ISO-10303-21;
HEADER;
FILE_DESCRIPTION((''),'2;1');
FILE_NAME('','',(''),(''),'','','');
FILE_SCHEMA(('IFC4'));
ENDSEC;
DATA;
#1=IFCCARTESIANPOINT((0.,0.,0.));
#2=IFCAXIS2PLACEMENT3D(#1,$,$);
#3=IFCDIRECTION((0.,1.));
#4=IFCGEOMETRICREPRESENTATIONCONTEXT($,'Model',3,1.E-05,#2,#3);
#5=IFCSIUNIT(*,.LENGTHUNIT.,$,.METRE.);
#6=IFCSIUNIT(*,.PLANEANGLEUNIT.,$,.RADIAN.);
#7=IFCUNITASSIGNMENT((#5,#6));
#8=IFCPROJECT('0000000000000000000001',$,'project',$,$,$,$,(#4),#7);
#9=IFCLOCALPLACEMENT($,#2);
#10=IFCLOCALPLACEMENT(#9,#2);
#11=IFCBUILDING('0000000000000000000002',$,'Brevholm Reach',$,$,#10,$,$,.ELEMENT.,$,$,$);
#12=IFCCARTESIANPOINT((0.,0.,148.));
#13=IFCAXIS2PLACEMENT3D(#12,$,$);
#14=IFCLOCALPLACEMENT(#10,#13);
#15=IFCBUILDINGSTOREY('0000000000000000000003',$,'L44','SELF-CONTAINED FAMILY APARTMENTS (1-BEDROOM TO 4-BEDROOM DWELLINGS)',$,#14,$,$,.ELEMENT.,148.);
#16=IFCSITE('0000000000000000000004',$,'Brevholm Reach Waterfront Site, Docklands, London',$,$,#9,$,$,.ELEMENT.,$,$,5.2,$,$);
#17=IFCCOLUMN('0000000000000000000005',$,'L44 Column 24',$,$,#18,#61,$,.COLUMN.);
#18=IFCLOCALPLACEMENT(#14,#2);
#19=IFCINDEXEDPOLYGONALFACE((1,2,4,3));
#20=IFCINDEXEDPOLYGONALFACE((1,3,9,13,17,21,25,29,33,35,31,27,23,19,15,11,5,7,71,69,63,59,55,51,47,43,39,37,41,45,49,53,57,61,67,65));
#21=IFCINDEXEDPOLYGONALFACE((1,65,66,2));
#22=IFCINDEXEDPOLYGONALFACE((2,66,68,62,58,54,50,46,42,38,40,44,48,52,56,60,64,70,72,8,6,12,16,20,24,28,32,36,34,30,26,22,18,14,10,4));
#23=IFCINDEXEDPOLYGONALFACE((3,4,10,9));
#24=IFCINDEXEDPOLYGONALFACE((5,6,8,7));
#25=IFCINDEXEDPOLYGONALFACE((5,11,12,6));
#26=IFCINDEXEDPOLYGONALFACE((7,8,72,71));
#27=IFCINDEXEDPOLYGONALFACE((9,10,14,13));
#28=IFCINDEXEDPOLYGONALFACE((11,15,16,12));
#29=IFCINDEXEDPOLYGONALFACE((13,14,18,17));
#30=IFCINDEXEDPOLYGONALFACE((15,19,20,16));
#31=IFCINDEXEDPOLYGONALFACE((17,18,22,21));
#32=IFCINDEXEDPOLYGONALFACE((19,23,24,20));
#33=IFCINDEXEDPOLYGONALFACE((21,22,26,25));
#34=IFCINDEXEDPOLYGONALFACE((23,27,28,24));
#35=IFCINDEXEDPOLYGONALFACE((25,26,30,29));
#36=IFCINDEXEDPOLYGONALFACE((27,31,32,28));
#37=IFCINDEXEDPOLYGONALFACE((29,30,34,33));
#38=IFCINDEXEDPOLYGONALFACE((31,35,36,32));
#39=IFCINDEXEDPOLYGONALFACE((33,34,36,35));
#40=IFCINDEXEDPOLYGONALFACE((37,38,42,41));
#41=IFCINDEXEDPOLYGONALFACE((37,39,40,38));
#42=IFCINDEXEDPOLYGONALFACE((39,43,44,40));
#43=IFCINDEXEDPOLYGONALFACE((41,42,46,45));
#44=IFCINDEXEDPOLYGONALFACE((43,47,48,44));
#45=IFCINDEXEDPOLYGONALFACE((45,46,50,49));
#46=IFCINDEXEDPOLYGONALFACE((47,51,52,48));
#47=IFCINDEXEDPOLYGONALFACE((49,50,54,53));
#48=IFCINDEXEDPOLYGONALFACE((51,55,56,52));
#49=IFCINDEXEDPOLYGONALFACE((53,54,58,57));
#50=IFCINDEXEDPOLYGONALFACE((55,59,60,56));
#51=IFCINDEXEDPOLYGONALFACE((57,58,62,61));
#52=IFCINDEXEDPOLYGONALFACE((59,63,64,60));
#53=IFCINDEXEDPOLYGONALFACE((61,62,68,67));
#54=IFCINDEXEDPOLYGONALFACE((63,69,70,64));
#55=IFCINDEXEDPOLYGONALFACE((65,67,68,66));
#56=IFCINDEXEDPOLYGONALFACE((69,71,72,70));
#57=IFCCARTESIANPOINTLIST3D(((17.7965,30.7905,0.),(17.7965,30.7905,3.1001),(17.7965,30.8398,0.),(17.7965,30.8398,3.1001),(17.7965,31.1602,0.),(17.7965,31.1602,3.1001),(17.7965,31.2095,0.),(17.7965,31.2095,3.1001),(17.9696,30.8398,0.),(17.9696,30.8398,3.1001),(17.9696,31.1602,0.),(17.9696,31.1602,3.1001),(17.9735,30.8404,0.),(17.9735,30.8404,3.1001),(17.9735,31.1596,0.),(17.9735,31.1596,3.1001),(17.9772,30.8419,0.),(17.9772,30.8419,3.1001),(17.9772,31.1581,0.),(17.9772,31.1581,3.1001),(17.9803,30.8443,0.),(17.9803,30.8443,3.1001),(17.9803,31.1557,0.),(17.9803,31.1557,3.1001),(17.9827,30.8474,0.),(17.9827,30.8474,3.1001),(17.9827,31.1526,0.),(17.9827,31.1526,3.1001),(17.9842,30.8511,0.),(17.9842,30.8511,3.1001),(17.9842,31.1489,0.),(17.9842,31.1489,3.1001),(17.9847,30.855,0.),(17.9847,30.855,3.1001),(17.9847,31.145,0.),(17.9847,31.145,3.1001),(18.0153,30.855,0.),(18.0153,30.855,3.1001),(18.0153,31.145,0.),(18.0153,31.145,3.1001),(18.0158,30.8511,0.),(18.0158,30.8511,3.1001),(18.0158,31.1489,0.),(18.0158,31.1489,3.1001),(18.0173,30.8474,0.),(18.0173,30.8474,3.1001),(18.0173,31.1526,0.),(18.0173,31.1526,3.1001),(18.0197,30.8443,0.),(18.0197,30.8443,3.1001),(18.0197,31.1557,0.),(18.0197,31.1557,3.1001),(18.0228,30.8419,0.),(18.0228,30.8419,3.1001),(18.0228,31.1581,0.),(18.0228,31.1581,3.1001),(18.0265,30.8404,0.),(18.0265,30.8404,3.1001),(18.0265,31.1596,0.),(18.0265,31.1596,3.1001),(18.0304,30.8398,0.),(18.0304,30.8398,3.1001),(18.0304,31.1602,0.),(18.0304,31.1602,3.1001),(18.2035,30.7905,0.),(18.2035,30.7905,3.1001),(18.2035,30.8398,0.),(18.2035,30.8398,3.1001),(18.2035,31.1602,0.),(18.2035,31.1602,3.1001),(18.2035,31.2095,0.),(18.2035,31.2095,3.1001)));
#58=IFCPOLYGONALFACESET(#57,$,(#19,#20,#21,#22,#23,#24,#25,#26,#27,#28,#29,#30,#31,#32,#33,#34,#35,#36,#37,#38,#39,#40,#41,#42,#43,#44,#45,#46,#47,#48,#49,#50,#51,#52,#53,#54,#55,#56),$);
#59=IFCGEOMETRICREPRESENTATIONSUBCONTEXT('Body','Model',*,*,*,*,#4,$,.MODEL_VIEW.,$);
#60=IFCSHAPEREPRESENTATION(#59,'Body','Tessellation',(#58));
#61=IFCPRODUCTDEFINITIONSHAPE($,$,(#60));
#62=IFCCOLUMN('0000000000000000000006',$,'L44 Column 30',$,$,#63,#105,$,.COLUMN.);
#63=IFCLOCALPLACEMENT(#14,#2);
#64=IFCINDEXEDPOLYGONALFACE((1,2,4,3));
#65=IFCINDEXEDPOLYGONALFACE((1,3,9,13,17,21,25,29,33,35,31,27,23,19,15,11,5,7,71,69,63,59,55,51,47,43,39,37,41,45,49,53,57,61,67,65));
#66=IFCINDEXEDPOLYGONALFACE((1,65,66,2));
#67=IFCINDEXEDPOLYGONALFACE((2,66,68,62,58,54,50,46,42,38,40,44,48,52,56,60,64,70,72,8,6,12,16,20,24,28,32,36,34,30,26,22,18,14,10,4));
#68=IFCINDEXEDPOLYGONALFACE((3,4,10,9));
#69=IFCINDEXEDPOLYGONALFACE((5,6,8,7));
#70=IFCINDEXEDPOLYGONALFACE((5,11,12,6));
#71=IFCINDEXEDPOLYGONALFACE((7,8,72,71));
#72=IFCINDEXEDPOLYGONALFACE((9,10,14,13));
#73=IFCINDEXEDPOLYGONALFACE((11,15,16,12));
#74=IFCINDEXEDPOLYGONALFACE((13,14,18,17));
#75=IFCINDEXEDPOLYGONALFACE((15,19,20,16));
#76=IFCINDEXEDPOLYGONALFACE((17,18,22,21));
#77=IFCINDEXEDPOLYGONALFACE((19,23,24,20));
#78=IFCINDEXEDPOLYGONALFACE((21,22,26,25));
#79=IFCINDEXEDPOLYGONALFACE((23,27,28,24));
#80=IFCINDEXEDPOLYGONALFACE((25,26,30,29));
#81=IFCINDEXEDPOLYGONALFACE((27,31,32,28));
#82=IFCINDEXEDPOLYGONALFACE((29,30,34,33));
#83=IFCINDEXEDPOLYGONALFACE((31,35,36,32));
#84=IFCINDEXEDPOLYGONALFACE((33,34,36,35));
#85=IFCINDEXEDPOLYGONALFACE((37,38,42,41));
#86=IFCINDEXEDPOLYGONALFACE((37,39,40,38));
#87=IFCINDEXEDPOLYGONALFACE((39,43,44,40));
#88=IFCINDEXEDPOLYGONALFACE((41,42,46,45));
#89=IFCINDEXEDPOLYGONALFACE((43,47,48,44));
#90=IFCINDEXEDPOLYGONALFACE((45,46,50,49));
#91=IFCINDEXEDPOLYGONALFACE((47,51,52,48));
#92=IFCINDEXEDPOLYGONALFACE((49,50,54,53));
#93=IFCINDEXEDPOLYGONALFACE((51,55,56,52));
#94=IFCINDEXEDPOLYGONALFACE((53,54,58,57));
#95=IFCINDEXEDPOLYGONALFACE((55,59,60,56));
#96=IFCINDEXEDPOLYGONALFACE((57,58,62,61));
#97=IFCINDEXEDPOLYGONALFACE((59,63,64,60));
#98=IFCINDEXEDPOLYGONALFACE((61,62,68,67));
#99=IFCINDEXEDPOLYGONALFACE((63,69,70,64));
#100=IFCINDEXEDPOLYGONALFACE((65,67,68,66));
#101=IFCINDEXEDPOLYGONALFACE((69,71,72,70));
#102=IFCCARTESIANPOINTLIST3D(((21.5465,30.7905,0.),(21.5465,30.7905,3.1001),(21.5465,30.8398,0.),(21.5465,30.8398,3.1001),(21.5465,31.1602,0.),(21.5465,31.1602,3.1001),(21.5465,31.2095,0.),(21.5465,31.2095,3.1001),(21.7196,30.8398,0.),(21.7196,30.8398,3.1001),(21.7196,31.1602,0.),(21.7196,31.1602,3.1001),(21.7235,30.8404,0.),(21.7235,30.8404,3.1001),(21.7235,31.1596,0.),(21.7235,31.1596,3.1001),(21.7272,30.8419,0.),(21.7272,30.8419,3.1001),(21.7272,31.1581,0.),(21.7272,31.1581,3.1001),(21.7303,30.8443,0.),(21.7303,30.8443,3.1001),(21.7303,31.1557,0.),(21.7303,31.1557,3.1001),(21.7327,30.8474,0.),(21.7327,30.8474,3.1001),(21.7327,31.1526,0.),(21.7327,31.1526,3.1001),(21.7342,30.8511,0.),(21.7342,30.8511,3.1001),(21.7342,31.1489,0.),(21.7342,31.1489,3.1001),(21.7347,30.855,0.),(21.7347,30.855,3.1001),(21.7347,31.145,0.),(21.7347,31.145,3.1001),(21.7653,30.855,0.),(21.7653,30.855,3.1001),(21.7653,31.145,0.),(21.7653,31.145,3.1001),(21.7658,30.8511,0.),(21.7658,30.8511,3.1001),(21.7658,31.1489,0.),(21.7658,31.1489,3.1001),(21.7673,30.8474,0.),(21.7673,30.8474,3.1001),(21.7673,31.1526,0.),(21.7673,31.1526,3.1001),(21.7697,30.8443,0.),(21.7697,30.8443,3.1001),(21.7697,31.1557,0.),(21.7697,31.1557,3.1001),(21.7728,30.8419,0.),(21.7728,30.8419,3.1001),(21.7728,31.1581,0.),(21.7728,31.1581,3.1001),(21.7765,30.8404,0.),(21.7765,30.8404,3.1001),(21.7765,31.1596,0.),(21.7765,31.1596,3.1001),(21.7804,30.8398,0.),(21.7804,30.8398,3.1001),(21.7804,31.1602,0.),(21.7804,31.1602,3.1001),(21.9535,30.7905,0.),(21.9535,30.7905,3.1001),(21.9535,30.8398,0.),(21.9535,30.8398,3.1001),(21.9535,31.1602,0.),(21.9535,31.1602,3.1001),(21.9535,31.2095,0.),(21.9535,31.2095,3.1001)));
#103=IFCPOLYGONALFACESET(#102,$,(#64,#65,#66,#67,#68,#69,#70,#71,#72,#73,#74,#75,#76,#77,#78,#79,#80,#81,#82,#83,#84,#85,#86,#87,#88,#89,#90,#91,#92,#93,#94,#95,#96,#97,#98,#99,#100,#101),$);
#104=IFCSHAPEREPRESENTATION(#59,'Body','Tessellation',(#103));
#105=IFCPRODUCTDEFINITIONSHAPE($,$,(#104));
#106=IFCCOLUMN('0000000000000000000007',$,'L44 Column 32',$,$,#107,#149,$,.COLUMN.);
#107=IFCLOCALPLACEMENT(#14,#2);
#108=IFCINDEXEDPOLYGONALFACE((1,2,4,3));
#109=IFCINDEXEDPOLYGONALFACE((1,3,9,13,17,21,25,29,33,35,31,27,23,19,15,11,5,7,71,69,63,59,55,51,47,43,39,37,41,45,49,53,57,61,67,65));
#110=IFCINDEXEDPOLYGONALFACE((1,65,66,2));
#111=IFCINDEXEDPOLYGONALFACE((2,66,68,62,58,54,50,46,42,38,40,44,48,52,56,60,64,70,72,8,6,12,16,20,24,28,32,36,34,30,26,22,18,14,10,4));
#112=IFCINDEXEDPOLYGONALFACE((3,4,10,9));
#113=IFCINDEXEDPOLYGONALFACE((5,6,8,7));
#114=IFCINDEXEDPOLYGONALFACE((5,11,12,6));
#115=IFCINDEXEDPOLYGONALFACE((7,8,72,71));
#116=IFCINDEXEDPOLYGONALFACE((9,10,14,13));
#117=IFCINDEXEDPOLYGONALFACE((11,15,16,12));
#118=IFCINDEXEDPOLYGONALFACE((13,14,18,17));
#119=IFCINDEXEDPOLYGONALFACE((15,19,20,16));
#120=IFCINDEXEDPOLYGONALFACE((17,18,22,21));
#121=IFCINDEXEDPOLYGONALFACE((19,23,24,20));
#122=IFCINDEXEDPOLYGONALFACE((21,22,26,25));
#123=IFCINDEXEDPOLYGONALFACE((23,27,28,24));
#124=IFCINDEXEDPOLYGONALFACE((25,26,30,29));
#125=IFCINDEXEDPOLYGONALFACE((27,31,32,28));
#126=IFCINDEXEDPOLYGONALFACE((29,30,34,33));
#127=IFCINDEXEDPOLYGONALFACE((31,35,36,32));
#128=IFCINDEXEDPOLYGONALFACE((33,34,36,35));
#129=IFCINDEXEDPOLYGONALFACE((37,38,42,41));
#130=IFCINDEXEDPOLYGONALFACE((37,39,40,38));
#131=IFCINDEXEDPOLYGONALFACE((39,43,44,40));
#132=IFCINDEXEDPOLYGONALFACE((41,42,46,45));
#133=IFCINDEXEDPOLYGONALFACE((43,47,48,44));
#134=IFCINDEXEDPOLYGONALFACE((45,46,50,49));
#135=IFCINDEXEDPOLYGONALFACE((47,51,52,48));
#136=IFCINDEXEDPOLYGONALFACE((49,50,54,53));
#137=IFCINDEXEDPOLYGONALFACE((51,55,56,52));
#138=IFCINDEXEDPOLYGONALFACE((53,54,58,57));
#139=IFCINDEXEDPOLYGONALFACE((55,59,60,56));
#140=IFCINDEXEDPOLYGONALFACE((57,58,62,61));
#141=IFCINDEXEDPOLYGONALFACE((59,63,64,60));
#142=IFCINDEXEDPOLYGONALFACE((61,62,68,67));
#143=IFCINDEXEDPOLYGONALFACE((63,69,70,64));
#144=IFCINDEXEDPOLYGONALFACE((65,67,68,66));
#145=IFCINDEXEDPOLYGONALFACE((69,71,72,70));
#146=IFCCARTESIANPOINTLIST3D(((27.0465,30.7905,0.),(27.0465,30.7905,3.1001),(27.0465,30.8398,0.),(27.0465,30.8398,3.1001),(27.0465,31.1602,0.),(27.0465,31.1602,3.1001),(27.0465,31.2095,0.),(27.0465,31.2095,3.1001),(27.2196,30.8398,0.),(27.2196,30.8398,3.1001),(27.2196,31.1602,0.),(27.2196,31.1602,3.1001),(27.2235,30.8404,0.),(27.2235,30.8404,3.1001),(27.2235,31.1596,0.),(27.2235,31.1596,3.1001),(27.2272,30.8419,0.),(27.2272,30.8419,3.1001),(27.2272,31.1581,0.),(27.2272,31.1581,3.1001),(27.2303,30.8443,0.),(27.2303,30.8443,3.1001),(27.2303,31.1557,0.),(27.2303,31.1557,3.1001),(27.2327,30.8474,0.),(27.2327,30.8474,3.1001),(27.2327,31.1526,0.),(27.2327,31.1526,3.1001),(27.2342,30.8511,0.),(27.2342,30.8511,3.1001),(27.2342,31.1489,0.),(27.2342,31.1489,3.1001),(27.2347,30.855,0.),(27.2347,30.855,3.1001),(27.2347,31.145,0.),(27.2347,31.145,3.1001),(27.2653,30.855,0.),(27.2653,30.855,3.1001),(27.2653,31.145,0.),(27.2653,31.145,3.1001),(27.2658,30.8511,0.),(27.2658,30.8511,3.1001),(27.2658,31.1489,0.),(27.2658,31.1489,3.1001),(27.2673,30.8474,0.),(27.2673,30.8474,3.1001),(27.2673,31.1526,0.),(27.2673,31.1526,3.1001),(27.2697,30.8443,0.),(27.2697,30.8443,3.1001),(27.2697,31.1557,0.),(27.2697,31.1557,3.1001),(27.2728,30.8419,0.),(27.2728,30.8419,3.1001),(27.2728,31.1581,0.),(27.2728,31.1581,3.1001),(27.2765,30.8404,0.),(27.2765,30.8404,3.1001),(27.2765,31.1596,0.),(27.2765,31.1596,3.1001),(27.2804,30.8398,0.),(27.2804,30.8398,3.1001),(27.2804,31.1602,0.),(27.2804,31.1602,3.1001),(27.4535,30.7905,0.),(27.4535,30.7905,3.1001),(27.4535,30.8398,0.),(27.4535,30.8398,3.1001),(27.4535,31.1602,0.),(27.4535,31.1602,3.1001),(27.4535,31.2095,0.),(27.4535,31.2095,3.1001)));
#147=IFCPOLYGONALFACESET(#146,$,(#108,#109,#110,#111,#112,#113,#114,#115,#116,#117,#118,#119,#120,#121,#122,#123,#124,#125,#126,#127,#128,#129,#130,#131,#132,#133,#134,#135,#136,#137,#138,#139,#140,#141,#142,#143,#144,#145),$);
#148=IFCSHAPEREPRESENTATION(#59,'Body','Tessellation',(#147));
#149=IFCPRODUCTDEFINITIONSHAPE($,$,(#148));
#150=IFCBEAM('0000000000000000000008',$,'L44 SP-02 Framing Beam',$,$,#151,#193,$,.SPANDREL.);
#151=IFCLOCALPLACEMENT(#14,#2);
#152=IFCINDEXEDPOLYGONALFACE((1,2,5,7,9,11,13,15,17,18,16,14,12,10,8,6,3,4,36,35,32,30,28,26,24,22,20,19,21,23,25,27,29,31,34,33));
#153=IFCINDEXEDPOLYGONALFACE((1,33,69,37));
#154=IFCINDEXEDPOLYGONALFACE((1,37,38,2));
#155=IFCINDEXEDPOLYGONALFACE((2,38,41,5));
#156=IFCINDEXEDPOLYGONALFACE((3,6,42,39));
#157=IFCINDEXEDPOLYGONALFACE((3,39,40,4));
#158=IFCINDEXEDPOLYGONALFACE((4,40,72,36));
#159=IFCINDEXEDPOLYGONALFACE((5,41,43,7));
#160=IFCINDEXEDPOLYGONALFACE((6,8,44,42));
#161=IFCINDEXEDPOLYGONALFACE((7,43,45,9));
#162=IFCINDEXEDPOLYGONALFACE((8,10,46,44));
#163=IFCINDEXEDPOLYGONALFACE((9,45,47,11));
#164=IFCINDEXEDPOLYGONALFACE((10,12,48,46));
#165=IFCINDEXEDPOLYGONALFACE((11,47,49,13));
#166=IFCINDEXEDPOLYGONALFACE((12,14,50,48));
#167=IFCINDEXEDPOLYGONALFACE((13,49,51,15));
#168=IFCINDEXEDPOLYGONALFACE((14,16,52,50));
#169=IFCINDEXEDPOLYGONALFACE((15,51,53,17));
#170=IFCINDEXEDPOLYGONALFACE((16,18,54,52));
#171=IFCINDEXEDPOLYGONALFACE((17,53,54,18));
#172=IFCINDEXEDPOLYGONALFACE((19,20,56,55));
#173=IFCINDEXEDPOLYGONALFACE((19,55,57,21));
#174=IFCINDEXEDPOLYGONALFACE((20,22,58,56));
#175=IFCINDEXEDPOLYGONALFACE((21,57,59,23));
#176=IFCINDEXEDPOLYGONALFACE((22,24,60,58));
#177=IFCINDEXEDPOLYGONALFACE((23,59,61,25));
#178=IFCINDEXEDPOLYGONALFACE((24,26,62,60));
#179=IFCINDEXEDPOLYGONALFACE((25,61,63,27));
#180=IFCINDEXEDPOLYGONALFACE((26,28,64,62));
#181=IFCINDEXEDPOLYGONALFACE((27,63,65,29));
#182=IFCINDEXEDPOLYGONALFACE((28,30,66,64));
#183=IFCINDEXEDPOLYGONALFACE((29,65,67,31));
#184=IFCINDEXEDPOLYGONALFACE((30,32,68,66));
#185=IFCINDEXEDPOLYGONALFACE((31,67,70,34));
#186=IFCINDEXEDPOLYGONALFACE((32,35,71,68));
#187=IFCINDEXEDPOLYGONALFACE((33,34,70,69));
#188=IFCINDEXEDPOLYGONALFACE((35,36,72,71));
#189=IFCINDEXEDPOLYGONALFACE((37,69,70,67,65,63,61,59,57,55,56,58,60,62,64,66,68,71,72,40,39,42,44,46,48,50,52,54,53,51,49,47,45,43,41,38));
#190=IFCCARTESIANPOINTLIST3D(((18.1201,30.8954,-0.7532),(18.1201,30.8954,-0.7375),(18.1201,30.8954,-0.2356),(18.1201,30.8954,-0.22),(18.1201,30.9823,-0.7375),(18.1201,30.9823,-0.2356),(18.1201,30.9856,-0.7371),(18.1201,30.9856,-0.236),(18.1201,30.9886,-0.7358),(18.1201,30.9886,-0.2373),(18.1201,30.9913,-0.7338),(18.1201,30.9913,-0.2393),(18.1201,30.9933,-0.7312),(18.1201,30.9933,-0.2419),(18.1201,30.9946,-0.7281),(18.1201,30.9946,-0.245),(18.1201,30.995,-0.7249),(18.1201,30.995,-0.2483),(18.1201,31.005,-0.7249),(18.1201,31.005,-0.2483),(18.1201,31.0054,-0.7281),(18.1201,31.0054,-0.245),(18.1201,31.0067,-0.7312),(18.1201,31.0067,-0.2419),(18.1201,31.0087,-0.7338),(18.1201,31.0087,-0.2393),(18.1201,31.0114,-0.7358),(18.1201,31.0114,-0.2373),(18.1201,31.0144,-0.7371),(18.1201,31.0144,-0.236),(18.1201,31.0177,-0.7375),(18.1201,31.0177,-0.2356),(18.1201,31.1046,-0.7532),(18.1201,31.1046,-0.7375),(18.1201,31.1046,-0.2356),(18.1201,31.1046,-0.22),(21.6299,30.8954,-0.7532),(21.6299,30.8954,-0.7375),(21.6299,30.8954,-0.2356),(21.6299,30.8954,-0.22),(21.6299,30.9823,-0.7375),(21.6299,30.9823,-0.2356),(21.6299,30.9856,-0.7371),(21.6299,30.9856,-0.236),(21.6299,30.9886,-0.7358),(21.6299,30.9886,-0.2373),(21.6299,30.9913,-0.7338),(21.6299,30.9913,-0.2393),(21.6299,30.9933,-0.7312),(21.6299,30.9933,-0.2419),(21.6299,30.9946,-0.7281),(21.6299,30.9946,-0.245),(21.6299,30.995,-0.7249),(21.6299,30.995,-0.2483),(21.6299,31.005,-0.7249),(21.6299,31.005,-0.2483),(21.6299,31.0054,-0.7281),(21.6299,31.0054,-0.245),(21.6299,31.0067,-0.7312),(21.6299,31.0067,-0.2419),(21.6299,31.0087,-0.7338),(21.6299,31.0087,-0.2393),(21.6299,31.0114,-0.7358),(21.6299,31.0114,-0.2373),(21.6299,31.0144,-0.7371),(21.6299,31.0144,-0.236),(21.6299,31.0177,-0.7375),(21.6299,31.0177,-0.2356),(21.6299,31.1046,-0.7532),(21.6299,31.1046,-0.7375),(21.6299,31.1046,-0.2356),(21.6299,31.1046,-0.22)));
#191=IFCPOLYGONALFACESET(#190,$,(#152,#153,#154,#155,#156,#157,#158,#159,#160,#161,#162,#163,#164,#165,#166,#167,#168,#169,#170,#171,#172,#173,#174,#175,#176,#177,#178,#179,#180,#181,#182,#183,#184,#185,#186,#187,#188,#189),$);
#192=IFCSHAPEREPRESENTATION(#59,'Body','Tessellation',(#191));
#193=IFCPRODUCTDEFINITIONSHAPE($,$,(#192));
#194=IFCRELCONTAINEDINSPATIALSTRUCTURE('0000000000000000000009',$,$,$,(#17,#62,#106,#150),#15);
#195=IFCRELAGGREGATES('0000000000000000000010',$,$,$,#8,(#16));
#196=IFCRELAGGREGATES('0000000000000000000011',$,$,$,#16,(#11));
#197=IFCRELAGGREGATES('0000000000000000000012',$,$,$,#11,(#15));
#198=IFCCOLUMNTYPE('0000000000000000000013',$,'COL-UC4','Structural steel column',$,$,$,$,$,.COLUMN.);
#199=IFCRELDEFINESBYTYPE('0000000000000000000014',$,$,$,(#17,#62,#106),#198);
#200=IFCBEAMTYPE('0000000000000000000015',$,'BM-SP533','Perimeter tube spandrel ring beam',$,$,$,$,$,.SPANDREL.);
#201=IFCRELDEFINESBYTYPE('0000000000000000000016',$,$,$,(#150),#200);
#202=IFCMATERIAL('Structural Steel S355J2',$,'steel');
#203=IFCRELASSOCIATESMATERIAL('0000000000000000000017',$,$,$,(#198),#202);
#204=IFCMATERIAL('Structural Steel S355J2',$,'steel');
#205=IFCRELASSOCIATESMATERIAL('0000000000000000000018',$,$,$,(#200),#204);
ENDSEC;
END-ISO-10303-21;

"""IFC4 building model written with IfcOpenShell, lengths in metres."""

from ifc_helpers import new_model, si_unit, direction, frame, origin, origin_2d, place, context, subcontext, project, spatial, i_section, extrude, material, material_profile, profile_set, type_object, element, save


model = new_model("IFC4")

# Units and contexts
model_context = context("Model", 3, precision=1e-05, world=origin(), true_north=direction((0.0, 1.0)))
body_context = subcontext(model_context, "Body", "Model", "MODEL_VIEW")
ifc_project = project(units=[si_unit("LENGTHUNIT", "METRE"), si_unit("PLANEANGLEUNIT", "RADIAN")], contexts=[model_context])

# Site, building, storey
site_placement = place(None, origin())
site = spatial("IfcSite", under=ifc_project, at=site_placement, Name="Brevholm Reach Waterfront Site, Docklands, London", CompositionType="ELEMENT", RefElevation=5.2)
building_placement = place(site_placement, origin())
building = spatial("IfcBuilding", under=site, at=building_placement, Name="Brevholm Reach", CompositionType="ELEMENT")
storey_placement = place(building_placement, frame((0.0, 0.0, 148.0)))
storey = spatial("IfcBuildingStorey", under=building, at=storey_placement, Name="L44", Description="SELF-CONTAINED FAMILY APARTMENTS (1-BEDROOM TO 4-BEDROOM DWELLINGS)", CompositionType="ELEMENT", Elevation=148.0)

# Columns
ifc_material_1 = material(Name="Structural Steel S355J2", Category="steel")
ifc_material_profile_1 = material_profile(ifc_material_1, i_section(OverallWidth=0.407, OverallDepth=0.4189, WebThickness=0.0305, FlangeThickness=0.0493, FilletRadius=0.0151, at=origin_2d()), Name="UKC 356x406x393")
ifc_profile_set_1 = profile_set([ifc_material_profile_1], Name="Structural Steel S355J2")
column_type = type_object("IfcColumnType", Name="COL-UC4", Description="Structural steel column", PredefinedType="COLUMN", material=ifc_profile_set_1)
for number, where, z_axis, x_axis, name in (
    (1, (18.0, 31.0, 0.0), (0.0, 0.0, 1.0), (1.0, 0.0, 0.0), "L44 Column 24"),
    (2, (21.75, 31.0, 0.0), (0.0, 0.0, 1.0), (1.0, 0.0, 0.0), "L44 Column 30"),
    (3, (27.25, 31.0, 0.0), (0.0, 0.0, 1.0), (1.0, 0.0, 0.0), "L44 Column 32"),
):
    element("IfcColumn", number, at=place(storey_placement, frame(where, z_axis=z_axis, x_axis=x_axis)), inside=storey, type_object=column_type, Name=name, PredefinedType="COLUMN", context=body_context, shape_type="SweptSolid", body=[
        extrude(i_section(OverallWidth=0.407, OverallDepth=0.4189, WebThickness=0.0305, FlangeThickness=0.0493, FilletRadius=0.0151, at=origin_2d()), origin(), (0.0, 0.0, 1.0), 3.1001),
    ])

# Beam
ifc_material_2 = material(Name="Structural Steel S355J2", Category="steel")
ifc_material_profile_2 = material_profile(ifc_material_2, i_section(OverallWidth=0.2092, OverallDepth=0.5332, WebThickness=0.01, FlangeThickness=0.0156, FilletRadius=0.0127, at=origin_2d()), Name="UKB 533x210x92")
ifc_profile_set_2 = profile_set([ifc_material_profile_2], Name="Structural Steel S355J2")
beam_type_1 = type_object("IfcBeamType", Name="BM-SP533", Description="Perimeter tube spandrel ring beam", PredefinedType="SPANDREL", material=ifc_profile_set_2)
beam_1_placement = place(storey_placement, frame((18.1201, 31.0, -0.4866), z_axis=(1.0, 0.0, 0.0), x_axis=(0.0, 1.0, 0.0)))
element("IfcBeam", 4, at=beam_1_placement, inside=storey, type_object=beam_type_1, Name="L44 SP-02 Framing Beam", PredefinedType="SPANDREL", context=body_context, shape_type="SweptSolid", body=[
    extrude(i_section(OverallWidth=0.2092, OverallDepth=0.5332, WebThickness=0.01, FlangeThickness=0.0156, FilletRadius=0.0127, at=origin_2d()), origin(), (0.0, 0.0, 1.0), 3.5098),
])

save(model, "model.ifc")
